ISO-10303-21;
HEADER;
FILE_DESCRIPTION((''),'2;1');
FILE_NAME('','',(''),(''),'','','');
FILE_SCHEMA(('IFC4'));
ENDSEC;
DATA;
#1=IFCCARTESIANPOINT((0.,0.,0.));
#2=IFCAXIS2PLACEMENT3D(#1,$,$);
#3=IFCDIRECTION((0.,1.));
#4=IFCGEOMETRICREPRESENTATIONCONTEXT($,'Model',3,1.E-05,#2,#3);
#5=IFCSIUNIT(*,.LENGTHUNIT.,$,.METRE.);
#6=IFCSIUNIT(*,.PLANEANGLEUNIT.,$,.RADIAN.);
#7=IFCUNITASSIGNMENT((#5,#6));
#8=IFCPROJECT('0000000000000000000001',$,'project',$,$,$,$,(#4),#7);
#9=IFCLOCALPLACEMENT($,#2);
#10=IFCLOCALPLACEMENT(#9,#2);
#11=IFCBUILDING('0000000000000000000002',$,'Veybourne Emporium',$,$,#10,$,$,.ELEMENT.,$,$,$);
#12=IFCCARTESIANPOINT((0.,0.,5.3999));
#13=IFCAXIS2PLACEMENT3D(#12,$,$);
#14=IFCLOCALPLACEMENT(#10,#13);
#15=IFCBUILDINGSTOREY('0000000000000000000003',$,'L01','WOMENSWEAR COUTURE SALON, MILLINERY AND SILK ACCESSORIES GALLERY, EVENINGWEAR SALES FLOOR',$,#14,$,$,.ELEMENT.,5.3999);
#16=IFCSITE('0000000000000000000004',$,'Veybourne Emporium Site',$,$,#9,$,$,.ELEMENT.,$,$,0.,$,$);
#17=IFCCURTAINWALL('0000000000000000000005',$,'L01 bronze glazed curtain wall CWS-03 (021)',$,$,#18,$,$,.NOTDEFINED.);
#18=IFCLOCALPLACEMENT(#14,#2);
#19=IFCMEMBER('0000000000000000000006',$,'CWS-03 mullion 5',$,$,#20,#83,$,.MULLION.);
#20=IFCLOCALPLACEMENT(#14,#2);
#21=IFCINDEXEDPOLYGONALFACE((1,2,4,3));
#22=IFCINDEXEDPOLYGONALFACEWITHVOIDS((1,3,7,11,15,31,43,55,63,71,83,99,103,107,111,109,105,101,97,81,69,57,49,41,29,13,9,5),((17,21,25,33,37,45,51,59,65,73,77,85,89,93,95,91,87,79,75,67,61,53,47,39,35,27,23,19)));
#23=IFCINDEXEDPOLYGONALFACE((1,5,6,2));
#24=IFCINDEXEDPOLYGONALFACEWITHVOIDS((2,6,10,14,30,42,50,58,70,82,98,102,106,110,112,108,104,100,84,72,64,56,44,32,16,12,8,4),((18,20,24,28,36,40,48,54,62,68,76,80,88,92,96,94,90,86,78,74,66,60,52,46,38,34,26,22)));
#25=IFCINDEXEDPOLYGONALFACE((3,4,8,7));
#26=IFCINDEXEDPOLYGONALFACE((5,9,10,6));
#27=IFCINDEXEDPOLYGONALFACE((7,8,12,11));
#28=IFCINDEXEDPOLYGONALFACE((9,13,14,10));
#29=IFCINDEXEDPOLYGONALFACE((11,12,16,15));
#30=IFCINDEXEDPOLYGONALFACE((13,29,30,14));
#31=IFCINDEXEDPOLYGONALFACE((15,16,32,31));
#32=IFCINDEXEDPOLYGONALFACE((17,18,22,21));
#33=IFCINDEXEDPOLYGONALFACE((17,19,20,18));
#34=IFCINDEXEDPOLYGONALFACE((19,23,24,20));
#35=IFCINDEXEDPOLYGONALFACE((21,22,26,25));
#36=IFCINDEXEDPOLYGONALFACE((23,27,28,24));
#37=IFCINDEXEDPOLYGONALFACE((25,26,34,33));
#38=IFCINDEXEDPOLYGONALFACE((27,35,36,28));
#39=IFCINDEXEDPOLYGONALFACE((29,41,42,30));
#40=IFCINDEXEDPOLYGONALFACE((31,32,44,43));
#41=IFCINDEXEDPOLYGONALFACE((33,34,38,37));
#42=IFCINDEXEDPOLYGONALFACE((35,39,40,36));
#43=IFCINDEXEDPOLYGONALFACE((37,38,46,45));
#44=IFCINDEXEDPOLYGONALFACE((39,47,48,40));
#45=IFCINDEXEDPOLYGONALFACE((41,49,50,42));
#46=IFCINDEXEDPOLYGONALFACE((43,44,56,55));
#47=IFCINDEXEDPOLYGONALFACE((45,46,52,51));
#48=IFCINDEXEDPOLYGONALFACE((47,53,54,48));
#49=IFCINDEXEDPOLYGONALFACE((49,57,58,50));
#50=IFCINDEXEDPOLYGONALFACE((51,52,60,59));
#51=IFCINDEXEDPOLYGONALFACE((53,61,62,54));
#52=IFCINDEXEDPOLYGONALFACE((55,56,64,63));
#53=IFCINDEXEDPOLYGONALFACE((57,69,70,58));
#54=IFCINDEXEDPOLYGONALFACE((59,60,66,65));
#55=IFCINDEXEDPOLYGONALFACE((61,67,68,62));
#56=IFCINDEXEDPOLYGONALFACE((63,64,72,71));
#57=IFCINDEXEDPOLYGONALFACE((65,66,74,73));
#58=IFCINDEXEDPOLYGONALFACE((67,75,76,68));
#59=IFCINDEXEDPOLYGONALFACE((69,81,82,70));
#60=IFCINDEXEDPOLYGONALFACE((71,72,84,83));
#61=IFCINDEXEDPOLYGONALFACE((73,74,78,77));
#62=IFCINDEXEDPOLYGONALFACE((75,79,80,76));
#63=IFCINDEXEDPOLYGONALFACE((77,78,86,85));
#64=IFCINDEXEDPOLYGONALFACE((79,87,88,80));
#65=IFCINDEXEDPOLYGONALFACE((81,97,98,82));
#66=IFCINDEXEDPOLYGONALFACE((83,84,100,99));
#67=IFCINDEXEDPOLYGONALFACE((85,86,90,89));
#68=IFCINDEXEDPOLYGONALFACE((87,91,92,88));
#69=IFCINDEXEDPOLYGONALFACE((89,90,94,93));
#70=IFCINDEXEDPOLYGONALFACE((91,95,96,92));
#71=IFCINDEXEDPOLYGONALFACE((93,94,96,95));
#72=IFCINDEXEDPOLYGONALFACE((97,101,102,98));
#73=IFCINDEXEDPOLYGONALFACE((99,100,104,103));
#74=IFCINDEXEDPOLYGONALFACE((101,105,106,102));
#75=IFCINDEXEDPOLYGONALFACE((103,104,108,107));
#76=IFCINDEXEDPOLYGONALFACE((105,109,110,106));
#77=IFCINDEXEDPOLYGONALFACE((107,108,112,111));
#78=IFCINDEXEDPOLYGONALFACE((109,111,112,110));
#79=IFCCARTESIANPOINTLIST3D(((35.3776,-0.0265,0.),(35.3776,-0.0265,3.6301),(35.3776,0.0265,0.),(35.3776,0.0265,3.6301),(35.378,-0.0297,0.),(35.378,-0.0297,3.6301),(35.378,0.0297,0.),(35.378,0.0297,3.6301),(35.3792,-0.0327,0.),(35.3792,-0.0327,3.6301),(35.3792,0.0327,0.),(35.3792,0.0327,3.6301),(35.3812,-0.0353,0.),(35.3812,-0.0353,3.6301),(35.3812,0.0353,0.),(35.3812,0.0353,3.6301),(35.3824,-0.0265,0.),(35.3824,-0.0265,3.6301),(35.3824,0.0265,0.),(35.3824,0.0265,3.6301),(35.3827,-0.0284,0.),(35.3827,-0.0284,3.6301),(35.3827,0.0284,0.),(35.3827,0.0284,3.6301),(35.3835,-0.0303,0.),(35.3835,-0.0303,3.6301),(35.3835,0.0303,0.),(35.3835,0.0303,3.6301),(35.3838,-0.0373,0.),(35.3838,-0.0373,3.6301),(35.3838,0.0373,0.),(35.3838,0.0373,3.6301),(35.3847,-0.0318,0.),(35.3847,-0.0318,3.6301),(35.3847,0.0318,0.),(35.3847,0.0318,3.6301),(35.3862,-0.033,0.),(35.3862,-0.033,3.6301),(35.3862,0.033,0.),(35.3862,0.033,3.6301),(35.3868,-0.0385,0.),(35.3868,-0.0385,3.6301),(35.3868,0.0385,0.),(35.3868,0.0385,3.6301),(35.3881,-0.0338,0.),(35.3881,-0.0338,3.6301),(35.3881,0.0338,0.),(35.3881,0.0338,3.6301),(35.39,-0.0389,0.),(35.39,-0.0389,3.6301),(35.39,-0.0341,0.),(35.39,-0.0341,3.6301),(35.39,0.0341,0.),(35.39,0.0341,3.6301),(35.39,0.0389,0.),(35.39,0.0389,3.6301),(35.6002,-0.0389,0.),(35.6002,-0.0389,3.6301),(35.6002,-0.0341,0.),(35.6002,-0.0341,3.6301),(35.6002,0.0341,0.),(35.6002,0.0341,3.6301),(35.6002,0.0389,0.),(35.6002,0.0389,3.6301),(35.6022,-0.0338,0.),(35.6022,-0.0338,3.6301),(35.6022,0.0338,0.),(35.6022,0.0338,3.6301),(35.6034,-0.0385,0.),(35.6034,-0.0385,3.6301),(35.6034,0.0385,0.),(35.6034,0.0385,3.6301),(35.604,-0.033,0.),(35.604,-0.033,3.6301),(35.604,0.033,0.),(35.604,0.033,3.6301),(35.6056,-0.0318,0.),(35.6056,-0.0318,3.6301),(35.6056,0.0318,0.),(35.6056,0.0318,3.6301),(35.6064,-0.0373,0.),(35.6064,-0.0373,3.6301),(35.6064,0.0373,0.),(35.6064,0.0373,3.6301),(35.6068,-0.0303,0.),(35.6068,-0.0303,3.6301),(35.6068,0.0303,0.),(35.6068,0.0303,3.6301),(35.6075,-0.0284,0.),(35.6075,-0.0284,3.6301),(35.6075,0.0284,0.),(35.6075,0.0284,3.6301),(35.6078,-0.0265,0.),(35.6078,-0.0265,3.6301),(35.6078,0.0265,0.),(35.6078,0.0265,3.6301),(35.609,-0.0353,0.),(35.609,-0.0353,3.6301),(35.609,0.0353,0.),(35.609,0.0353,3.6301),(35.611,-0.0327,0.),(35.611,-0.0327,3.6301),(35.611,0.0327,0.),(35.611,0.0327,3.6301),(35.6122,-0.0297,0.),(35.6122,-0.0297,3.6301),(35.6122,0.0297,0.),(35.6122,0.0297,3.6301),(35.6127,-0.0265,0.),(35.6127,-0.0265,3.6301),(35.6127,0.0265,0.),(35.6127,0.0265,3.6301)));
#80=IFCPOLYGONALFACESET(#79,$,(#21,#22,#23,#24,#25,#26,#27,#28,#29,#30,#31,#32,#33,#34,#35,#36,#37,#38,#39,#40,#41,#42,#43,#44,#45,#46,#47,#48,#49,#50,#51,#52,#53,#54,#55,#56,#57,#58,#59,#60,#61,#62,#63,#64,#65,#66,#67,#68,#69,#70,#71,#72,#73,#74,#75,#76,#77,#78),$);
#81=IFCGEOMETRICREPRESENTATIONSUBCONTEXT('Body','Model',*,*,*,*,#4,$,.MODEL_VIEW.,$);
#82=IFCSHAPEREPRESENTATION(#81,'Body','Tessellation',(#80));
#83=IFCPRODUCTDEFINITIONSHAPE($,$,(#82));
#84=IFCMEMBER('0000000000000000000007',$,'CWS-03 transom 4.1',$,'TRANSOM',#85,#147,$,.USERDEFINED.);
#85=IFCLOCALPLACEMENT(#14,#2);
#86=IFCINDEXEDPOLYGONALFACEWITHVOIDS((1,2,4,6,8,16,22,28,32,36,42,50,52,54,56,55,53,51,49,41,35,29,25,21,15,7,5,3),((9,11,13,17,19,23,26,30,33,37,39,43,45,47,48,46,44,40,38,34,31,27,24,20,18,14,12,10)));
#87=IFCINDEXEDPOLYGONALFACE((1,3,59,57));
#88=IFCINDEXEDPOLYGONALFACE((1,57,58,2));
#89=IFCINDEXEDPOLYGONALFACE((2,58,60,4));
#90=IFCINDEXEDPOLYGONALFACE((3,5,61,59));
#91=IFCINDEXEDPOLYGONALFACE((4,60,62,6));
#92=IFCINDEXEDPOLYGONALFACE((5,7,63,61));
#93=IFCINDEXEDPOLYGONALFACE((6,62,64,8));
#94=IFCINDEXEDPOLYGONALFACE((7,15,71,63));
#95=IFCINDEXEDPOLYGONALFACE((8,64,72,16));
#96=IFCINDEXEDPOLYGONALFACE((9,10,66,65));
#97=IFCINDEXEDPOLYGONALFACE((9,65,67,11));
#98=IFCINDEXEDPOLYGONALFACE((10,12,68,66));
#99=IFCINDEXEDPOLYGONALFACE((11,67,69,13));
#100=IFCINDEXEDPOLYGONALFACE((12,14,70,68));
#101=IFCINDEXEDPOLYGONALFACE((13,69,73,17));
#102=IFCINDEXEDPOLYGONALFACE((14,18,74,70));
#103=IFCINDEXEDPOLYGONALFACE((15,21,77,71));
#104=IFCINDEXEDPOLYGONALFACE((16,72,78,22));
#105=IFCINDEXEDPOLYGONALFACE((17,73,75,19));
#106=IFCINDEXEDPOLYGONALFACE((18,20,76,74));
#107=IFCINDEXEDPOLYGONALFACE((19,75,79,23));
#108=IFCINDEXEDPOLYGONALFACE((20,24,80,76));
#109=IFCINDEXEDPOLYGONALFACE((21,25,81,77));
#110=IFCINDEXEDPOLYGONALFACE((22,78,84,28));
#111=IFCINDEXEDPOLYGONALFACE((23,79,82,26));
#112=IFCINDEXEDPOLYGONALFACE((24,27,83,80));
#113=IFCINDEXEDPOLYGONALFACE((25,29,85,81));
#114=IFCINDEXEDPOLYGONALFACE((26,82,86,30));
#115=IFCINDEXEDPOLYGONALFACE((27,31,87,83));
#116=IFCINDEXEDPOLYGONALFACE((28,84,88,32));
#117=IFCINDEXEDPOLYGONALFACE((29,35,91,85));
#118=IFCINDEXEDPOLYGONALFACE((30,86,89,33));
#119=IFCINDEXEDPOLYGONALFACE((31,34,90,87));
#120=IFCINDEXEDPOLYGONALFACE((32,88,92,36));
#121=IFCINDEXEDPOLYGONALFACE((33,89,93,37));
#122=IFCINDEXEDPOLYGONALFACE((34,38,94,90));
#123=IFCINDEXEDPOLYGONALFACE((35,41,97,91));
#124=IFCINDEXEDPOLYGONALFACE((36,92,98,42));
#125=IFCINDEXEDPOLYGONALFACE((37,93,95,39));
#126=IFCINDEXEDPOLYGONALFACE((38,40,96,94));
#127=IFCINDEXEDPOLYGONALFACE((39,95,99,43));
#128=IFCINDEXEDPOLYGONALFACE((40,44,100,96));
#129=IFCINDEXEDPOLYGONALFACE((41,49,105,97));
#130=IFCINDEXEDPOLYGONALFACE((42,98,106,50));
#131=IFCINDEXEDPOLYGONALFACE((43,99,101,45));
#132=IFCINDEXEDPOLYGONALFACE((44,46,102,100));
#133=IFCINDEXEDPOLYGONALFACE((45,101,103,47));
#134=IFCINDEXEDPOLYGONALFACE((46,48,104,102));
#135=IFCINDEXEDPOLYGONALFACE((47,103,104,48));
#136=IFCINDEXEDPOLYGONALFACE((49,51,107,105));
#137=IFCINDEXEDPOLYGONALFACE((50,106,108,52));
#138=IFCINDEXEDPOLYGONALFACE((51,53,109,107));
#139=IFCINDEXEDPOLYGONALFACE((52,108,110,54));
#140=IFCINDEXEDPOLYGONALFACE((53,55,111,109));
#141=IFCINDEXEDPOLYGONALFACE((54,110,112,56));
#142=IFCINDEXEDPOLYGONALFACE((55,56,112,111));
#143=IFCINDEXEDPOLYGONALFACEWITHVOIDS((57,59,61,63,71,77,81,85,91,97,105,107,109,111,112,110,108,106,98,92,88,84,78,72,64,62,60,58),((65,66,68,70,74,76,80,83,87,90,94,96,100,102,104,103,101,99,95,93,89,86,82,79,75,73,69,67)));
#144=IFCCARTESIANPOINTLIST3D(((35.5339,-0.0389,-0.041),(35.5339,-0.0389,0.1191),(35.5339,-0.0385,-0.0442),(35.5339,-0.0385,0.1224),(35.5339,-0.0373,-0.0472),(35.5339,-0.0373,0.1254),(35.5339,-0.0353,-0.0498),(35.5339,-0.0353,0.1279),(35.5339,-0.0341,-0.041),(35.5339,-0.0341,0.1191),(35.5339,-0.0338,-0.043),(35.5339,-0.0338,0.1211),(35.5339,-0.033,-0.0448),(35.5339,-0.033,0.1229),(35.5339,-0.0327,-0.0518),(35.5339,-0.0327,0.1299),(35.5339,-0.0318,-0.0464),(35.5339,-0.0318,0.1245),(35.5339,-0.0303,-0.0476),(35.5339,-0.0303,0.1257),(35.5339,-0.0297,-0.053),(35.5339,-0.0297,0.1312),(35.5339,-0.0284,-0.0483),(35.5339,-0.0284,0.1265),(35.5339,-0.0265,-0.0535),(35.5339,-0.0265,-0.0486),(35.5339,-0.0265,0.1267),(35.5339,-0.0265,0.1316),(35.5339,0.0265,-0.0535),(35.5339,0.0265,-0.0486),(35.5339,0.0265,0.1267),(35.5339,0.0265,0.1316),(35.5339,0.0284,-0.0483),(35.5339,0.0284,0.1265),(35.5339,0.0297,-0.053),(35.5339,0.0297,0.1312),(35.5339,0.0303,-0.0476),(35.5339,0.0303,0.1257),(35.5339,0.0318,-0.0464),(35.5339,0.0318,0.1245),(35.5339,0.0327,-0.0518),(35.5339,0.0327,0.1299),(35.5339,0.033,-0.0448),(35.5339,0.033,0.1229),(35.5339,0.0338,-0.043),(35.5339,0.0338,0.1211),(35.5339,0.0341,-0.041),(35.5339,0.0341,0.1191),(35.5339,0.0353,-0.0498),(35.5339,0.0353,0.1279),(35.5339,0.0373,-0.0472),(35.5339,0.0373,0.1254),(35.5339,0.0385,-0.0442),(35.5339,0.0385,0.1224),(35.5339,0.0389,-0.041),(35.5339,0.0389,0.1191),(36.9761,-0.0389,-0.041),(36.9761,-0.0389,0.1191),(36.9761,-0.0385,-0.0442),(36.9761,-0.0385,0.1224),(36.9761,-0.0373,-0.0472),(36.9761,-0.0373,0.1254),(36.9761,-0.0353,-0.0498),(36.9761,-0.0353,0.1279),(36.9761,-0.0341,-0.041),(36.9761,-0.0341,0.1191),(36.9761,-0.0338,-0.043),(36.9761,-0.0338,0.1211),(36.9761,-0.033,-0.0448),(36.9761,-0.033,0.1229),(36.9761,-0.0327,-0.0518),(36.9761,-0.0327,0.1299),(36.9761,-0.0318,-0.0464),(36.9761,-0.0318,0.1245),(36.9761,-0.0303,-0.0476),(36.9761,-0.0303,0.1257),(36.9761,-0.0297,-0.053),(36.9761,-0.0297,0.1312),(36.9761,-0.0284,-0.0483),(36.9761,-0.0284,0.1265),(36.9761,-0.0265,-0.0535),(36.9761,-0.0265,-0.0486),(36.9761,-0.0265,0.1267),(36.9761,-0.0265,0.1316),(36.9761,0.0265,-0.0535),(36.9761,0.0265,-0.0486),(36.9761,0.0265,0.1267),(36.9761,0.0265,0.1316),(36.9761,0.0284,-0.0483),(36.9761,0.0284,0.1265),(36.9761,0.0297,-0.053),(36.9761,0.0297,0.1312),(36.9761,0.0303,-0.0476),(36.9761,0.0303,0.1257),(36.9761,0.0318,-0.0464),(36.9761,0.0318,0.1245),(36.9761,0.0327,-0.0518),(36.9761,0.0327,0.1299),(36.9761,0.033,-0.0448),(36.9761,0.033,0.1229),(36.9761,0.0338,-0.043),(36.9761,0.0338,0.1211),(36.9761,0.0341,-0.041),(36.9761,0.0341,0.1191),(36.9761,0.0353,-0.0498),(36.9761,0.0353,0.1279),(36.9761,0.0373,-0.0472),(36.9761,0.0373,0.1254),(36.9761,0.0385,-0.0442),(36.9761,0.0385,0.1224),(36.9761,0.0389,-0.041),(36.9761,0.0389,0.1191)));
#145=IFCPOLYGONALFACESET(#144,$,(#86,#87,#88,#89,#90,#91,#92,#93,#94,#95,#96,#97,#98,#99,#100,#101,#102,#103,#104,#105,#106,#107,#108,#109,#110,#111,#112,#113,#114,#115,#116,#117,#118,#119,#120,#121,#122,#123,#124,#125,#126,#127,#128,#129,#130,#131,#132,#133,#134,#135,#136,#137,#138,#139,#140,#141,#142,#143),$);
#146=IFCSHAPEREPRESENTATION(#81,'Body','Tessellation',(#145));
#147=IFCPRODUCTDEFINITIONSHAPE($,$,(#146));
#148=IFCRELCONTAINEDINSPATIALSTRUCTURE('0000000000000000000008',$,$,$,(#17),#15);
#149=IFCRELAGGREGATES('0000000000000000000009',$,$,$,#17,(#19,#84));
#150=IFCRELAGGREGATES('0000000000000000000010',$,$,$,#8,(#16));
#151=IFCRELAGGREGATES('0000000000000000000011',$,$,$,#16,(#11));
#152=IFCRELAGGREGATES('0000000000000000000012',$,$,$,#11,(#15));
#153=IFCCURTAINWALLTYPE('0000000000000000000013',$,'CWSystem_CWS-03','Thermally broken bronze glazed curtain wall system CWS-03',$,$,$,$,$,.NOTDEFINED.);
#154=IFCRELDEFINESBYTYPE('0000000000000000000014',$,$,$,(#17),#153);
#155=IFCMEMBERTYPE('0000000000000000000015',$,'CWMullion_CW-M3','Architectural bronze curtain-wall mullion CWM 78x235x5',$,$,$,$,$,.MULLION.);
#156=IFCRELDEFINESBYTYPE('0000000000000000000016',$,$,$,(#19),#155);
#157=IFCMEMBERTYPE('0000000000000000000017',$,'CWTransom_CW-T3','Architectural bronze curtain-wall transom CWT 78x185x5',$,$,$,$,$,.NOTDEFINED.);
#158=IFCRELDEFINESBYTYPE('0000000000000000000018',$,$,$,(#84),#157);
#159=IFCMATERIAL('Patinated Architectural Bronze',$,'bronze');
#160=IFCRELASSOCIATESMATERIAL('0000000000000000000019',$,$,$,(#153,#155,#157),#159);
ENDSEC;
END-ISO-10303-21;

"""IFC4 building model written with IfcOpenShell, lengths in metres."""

from ifc_helpers import new_model, si_unit, direction, frame, origin, origin_2d, place, context, subcontext, project, spatial, hollow_rectangle, extrude, material, material_profile, profile_set, type_object, element, aggregate, save


model = new_model("IFC4")

# Units and contexts
model_context = context("Model", 3, precision=1e-05, world=origin(), true_north=direction((0.0, 1.0)))
body_context = subcontext(model_context, "Body", "Model", "MODEL_VIEW")
ifc_project = project(units=[si_unit("LENGTHUNIT", "METRE"), si_unit("PLANEANGLEUNIT", "RADIAN")], contexts=[model_context])

# Site, building, storey
site_placement = place(None, origin())
site = spatial("IfcSite", under=ifc_project, at=site_placement, Name="Veybourne Emporium Site", CompositionType="ELEMENT", RefElevation=0.0)
building_placement = place(site_placement, origin())
building = spatial("IfcBuilding", under=site, at=building_placement, Name="Veybourne Emporium", CompositionType="ELEMENT")
storey_placement = place(building_placement, frame((0.0, 0.0, 5.3999)))
storey = spatial("IfcBuildingStorey", under=building, at=storey_placement, Name="L01", Description="WOMENSWEAR COUTURE SALON, MILLINERY AND SILK ACCESSORIES GALLERY, EVENINGWEAR SALES FLOOR", CompositionType="ELEMENT", Elevation=5.3999)

# Curtain wall, members
ifc_material_1 = material(Name="Patinated Architectural Bronze", Category="bronze")
curtain_wall_type = type_object("IfcCurtainWallType", Name="CWSystem_CWS-03", Description="Thermally broken bronze glazed curtain wall system CWS-03", PredefinedType="NOTDEFINED", material=ifc_material_1)
curtain_wall_placement = place(storey_placement, origin())
curtain_wall = element("IfcCurtainWall", 1, at=curtain_wall_placement, inside=storey, type_object=curtain_wall_type, Name="L01 bronze glazed curtain wall CWS-03 (021)", PredefinedType="NOTDEFINED")
ifc_material_profile_1 = material_profile(ifc_material_1, hollow_rectangle(XDim=0.0779, YDim=0.2351, WallThickness=0.0049, InnerFilletRadius=0.0076, OuterFilletRadius=0.0125, at=origin_2d()), Name="CWM 78x235x5")
ifc_profile_set_1 = profile_set([ifc_material_profile_1], Name="Patinated Architectural Bronze")
member_type_1 = type_object("IfcMemberType", Name="CWMullion_CW-M3", Description="Architectural bronze curtain-wall mullion CWM 78x235x5", PredefinedType="MULLION", material=ifc_profile_set_1)
member_1_placement = place(storey_placement, frame((35.4951, 0.0, 0.0), z_axis=(0.0, 0.0, 1.0), x_axis=(0.0, -1.0, 0.0)))
member_1 = element("IfcMember", 2, at=member_1_placement, type_object=member_type_1, Name="CWS-03 mullion 5", PredefinedType="MULLION", context=body_context, shape_type="SweptSolid", body=[
    extrude(hollow_rectangle(XDim=0.0779, YDim=0.2351, WallThickness=0.0049, InnerFilletRadius=0.0076, OuterFilletRadius=0.0125, at=origin_2d()), origin(), (0.0, 0.0, 1.0), 3.6301),
])
ifc_material_profile_2 = material_profile(ifc_material_1, hollow_rectangle(XDim=0.0779, YDim=0.1851, WallThickness=0.0049, InnerFilletRadius=0.0076, OuterFilletRadius=0.0125, at=origin_2d()), Name="CWT 78x185x5")
ifc_profile_set_2 = profile_set([ifc_material_profile_2], Name="Patinated Architectural Bronze")
member_type_2 = type_object("IfcMemberType", Name="CWTransom_CW-T3", Description="Architectural bronze curtain-wall transom CWT 78x185x5", PredefinedType="NOTDEFINED", material=ifc_profile_set_2)
member_2_placement = place(storey_placement, frame((36.9761, 0.0, 0.0391), z_axis=(-1.0, 0.0, 0.0), x_axis=(0.0, -1.0, 0.0)))
member_2 = element("IfcMember", 3, at=member_2_placement, type_object=member_type_2, Name="CWS-03 transom 4.1", ObjectType="TRANSOM", PredefinedType="USERDEFINED", context=body_context, shape_type="SweptSolid", body=[
    extrude(hollow_rectangle(XDim=0.0779, YDim=0.1851, WallThickness=0.0049, InnerFilletRadius=0.0076, OuterFilletRadius=0.0125, at=origin_2d()), origin(), (0.0, 0.0, 1.0), 1.4421),
])
aggregate(curtain_wall, [member_1, member_2])

save(model, "model.ifc")
